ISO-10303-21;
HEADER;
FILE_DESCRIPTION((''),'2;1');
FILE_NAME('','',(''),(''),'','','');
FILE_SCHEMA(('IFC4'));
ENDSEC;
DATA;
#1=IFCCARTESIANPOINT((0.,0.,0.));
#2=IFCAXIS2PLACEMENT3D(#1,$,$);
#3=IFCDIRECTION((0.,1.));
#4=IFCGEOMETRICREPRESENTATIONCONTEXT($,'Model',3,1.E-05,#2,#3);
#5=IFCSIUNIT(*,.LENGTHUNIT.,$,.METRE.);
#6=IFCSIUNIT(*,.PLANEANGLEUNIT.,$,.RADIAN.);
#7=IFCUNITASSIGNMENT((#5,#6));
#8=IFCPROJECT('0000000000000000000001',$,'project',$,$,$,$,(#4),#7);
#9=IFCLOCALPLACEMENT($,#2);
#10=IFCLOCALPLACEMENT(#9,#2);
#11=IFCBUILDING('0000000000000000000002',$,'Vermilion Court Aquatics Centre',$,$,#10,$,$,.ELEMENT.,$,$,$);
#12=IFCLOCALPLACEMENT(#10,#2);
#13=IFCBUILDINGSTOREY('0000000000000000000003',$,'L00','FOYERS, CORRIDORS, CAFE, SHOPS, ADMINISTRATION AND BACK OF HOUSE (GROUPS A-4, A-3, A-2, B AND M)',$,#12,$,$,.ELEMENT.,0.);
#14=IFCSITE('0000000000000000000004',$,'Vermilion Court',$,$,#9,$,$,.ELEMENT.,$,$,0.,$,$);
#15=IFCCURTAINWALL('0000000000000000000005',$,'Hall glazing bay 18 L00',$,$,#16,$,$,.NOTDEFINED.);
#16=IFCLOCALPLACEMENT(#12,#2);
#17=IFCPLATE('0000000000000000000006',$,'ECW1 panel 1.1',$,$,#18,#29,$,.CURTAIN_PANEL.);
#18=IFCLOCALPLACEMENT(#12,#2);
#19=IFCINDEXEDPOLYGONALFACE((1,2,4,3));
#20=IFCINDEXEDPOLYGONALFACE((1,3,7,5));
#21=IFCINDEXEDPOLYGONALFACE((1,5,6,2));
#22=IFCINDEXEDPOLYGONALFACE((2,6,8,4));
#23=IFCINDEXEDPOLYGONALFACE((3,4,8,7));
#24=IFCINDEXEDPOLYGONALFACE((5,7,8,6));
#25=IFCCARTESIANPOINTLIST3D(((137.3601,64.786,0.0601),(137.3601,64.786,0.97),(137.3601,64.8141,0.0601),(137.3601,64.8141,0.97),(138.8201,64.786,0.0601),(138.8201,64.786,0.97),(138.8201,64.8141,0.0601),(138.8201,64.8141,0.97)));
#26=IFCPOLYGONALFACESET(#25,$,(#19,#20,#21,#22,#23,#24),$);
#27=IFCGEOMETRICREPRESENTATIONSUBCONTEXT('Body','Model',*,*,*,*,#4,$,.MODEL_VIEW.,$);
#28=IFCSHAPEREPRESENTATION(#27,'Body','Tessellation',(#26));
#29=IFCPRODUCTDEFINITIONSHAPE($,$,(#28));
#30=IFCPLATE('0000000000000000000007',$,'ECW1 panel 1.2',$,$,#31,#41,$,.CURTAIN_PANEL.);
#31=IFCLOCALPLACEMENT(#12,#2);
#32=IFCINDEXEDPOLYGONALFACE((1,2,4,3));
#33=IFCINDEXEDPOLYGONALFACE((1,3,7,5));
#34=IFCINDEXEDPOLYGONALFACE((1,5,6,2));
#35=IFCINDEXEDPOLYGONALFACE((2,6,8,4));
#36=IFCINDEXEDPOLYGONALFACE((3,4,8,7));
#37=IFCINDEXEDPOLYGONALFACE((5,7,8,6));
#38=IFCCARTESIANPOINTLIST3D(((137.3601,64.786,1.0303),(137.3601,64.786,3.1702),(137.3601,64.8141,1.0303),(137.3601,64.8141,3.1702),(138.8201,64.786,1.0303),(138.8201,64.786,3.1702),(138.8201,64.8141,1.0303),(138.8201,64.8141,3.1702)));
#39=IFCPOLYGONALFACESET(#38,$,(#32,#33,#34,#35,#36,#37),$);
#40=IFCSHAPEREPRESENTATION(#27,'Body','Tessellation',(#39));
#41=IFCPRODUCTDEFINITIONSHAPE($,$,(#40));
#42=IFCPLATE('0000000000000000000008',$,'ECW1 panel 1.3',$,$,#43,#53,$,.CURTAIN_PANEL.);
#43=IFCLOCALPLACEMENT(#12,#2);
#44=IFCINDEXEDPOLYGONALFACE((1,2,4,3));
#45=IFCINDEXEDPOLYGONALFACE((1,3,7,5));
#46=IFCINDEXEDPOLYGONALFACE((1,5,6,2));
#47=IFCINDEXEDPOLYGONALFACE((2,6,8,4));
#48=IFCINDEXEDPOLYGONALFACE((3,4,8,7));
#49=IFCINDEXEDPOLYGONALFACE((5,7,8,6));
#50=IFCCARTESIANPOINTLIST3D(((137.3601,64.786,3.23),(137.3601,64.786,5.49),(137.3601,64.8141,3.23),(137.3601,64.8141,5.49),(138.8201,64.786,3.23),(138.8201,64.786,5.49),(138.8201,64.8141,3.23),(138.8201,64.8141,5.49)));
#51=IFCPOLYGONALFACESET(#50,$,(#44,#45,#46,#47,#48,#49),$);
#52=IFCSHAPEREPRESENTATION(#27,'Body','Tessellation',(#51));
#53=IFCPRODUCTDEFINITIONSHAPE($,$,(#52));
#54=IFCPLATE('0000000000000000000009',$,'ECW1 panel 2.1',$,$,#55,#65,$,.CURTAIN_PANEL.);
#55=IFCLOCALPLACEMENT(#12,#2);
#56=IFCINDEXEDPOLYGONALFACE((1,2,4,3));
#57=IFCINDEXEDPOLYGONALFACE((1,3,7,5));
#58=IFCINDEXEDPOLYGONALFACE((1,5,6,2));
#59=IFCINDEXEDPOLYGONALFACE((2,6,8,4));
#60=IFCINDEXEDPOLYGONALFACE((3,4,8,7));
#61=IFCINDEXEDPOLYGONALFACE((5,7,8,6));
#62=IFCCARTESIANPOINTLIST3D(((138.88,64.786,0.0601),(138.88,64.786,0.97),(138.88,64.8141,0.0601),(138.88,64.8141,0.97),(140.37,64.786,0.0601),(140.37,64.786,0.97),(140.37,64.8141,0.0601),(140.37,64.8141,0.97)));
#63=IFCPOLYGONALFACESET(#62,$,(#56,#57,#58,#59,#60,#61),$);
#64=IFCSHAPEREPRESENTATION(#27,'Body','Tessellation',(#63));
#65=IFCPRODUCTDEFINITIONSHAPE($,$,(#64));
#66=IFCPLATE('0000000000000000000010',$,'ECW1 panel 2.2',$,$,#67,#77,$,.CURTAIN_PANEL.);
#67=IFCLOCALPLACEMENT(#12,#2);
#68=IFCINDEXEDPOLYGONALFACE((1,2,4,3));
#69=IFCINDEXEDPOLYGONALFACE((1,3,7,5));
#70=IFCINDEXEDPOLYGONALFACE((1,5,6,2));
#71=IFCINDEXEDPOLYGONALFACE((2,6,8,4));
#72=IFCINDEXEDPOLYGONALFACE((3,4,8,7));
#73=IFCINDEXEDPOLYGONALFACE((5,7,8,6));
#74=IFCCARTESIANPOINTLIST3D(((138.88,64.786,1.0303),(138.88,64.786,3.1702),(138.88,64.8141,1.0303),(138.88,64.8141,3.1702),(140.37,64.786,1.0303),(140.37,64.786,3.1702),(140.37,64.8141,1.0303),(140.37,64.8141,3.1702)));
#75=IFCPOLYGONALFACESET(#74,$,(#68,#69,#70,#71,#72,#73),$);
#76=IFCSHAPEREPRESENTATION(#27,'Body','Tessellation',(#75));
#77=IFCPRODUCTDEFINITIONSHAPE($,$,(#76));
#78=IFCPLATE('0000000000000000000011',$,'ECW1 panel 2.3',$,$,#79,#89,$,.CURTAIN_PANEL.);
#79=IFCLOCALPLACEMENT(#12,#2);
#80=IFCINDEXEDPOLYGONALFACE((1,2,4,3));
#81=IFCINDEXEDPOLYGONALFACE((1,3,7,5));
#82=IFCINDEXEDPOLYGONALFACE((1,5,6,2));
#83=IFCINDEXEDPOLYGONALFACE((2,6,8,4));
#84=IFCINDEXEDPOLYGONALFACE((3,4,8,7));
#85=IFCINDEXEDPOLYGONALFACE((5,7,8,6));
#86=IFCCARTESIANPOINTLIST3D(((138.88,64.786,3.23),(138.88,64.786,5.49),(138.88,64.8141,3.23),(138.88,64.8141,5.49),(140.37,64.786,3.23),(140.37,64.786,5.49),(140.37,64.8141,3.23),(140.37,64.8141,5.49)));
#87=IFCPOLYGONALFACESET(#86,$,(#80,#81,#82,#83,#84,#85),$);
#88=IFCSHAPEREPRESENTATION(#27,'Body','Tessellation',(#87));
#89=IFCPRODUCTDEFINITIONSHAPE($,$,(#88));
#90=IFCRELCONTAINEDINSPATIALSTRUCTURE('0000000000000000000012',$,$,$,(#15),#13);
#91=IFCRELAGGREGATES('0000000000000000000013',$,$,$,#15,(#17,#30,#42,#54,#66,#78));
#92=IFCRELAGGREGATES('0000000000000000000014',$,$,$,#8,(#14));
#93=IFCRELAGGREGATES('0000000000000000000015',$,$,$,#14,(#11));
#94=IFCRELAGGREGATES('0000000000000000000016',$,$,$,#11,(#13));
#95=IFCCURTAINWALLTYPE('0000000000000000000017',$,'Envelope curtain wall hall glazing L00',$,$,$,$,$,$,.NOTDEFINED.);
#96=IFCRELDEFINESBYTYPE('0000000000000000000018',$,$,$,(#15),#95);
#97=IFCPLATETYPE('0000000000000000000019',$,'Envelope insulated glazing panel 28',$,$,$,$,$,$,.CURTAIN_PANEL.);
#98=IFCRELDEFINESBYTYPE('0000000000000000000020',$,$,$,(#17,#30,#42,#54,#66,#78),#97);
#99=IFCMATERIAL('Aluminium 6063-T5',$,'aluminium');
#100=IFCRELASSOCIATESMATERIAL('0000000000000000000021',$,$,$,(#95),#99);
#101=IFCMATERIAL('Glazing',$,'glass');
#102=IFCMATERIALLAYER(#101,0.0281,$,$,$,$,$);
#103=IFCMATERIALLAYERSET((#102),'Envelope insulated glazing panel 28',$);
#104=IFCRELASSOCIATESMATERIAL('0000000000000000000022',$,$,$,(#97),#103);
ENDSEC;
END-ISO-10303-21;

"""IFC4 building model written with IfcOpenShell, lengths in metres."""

from ifc_helpers import new_model, si_unit, direction, frame, origin, origin_2d, place, context, subcontext, project, spatial, rectangle, extrude, material, layer, layer_set, type_object, element, aggregate, save


model = new_model("IFC4")

# Units and contexts
model_context = context("Model", 3, precision=1e-05, world=origin(), true_north=direction((0.0, 1.0)))
body_context = subcontext(model_context, "Body", "Model", "MODEL_VIEW")
ifc_project = project(units=[si_unit("LENGTHUNIT", "METRE"), si_unit("PLANEANGLEUNIT", "RADIAN")], contexts=[model_context])

# Site, building, storey
site_placement = place(None, origin())
site = spatial("IfcSite", under=ifc_project, at=site_placement, Name="Vermilion Court", CompositionType="ELEMENT", RefElevation=0.0)
building_placement = place(site_placement, origin())
building = spatial("IfcBuilding", under=site, at=building_placement, Name="Vermilion Court Aquatics Centre", CompositionType="ELEMENT")
storey_placement = place(building_placement, origin())
storey = spatial("IfcBuildingStorey", under=building, at=storey_placement, Name="L00", Description="FOYERS, CORRIDORS, CAFE, SHOPS, ADMINISTRATION AND BACK OF HOUSE (GROUPS A-4, A-3, A-2, B AND M)", CompositionType="ELEMENT", Elevation=0.0)

# Curtain wall
ifc_material_1 = material(Name="Aluminium 6063-T5", Category="aluminium")
curtain_wall_type = type_object("IfcCurtainWallType", Name="Envelope curtain wall hall glazing L00", PredefinedType="NOTDEFINED", material=ifc_material_1)
curtain_wall_placement = place(storey_placement, origin())
curtain_wall = element("IfcCurtainWall", 1, at=curtain_wall_placement, inside=storey, type_object=curtain_wall_type, Name="Hall glazing bay 18 L00", PredefinedType="NOTDEFINED")

# Plates
ifc_material_2 = material(Name="Glazing", Category="glass")
ifc_layer = layer(ifc_material_2, 0.0281)
ifc_layer_set = layer_set([ifc_layer], Name="Envelope insulated glazing panel 28")
plate_type = type_object("IfcPlateType", Name="Envelope insulated glazing panel 28", PredefinedType="CURTAIN_PANEL", material=ifc_layer_set)
plate_1_placement = place(storey_placement, frame((138.0901, 64.8, 0.0601), z_axis=(0.0, 0.0, 1.0), x_axis=(1.0, 0.0, 0.0)))
plate_1 = element("IfcPlate", 2, at=plate_1_placement, type_object=plate_type, Name="ECW1 panel 1.1", PredefinedType="CURTAIN_PANEL", context=body_context, shape_type="SweptSolid", body=[
    extrude(rectangle(XDim=1.46, YDim=0.0281, at=origin_2d()), origin(), (0.0, 0.0, 1.0), 0.9099),
])
plate_2_placement = place(storey_placement, frame((138.0901, 64.8, 1.0303), z_axis=(0.0, 0.0, 1.0), x_axis=(1.0, 0.0, 0.0)))
plate_2 = element("IfcPlate", 3, at=plate_2_placement, type_object=plate_type, Name="ECW1 panel 1.2", PredefinedType="CURTAIN_PANEL", context=body_context, shape_type="SweptSolid", body=[
    extrude(rectangle(XDim=1.46, YDim=0.0281, at=origin_2d()), origin(), (0.0, 0.0, 1.0), 2.1399),
])
plate_3_placement = place(storey_placement, frame((138.0901, 64.8, 3.23), z_axis=(0.0, 0.0, 1.0), x_axis=(1.0, 0.0, 0.0)))
plate_3 = element("IfcPlate", 4, at=plate_3_placement, type_object=plate_type, Name="ECW1 panel 1.3", PredefinedType="CURTAIN_PANEL", context=body_context, shape_type="SweptSolid", body=[
    extrude(rectangle(XDim=1.46, YDim=0.0281, at=origin_2d()), origin(), (0.0, 0.0, 1.0), 2.26),
])
plate_4_placement = place(storey_placement, frame((139.625, 64.8, 0.0601), z_axis=(0.0, 0.0, 1.0), x_axis=(1.0, 0.0, 0.0)))
plate_4 = element("IfcPlate", 5, at=plate_4_placement, type_object=plate_type, Name="ECW1 panel 2.1", PredefinedType="CURTAIN_PANEL", context=body_context, shape_type="SweptSolid", body=[
    extrude(rectangle(XDim=1.49, YDim=0.0281, at=origin_2d()), origin(), (0.0, 0.0, 1.0), 0.9099),
])
plate_5_placement = place(storey_placement, frame((139.625, 64.8, 1.0303), z_axis=(0.0, 0.0, 1.0), x_axis=(1.0, 0.0, 0.0)))
plate_5 = element("IfcPlate", 6, at=plate_5_placement, type_object=plate_type, Name="ECW1 panel 2.2", PredefinedType="CURTAIN_PANEL", context=body_context, shape_type="SweptSolid", body=[
    extrude(rectangle(XDim=1.49, YDim=0.0281, at=origin_2d()), origin(), (0.0, 0.0, 1.0), 2.1399),
])
plate_6_placement = place(storey_placement, frame((139.625, 64.8, 3.23), z_axis=(0.0, 0.0, 1.0), x_axis=(1.0, 0.0, 0.0)))
plate_6 = element("IfcPlate", 7, at=plate_6_placement, type_object=plate_type, Name="ECW1 panel 2.3", PredefinedType="CURTAIN_PANEL", context=body_context, shape_type="SweptSolid", body=[
    extrude(rectangle(XDim=1.49, YDim=0.0281, at=origin_2d()), origin(), (0.0, 0.0, 1.0), 2.26),
])
aggregate(curtain_wall, [plate_1, plate_2, plate_3, plate_4, plate_5, plate_6])

save(model, "model.ifc")
